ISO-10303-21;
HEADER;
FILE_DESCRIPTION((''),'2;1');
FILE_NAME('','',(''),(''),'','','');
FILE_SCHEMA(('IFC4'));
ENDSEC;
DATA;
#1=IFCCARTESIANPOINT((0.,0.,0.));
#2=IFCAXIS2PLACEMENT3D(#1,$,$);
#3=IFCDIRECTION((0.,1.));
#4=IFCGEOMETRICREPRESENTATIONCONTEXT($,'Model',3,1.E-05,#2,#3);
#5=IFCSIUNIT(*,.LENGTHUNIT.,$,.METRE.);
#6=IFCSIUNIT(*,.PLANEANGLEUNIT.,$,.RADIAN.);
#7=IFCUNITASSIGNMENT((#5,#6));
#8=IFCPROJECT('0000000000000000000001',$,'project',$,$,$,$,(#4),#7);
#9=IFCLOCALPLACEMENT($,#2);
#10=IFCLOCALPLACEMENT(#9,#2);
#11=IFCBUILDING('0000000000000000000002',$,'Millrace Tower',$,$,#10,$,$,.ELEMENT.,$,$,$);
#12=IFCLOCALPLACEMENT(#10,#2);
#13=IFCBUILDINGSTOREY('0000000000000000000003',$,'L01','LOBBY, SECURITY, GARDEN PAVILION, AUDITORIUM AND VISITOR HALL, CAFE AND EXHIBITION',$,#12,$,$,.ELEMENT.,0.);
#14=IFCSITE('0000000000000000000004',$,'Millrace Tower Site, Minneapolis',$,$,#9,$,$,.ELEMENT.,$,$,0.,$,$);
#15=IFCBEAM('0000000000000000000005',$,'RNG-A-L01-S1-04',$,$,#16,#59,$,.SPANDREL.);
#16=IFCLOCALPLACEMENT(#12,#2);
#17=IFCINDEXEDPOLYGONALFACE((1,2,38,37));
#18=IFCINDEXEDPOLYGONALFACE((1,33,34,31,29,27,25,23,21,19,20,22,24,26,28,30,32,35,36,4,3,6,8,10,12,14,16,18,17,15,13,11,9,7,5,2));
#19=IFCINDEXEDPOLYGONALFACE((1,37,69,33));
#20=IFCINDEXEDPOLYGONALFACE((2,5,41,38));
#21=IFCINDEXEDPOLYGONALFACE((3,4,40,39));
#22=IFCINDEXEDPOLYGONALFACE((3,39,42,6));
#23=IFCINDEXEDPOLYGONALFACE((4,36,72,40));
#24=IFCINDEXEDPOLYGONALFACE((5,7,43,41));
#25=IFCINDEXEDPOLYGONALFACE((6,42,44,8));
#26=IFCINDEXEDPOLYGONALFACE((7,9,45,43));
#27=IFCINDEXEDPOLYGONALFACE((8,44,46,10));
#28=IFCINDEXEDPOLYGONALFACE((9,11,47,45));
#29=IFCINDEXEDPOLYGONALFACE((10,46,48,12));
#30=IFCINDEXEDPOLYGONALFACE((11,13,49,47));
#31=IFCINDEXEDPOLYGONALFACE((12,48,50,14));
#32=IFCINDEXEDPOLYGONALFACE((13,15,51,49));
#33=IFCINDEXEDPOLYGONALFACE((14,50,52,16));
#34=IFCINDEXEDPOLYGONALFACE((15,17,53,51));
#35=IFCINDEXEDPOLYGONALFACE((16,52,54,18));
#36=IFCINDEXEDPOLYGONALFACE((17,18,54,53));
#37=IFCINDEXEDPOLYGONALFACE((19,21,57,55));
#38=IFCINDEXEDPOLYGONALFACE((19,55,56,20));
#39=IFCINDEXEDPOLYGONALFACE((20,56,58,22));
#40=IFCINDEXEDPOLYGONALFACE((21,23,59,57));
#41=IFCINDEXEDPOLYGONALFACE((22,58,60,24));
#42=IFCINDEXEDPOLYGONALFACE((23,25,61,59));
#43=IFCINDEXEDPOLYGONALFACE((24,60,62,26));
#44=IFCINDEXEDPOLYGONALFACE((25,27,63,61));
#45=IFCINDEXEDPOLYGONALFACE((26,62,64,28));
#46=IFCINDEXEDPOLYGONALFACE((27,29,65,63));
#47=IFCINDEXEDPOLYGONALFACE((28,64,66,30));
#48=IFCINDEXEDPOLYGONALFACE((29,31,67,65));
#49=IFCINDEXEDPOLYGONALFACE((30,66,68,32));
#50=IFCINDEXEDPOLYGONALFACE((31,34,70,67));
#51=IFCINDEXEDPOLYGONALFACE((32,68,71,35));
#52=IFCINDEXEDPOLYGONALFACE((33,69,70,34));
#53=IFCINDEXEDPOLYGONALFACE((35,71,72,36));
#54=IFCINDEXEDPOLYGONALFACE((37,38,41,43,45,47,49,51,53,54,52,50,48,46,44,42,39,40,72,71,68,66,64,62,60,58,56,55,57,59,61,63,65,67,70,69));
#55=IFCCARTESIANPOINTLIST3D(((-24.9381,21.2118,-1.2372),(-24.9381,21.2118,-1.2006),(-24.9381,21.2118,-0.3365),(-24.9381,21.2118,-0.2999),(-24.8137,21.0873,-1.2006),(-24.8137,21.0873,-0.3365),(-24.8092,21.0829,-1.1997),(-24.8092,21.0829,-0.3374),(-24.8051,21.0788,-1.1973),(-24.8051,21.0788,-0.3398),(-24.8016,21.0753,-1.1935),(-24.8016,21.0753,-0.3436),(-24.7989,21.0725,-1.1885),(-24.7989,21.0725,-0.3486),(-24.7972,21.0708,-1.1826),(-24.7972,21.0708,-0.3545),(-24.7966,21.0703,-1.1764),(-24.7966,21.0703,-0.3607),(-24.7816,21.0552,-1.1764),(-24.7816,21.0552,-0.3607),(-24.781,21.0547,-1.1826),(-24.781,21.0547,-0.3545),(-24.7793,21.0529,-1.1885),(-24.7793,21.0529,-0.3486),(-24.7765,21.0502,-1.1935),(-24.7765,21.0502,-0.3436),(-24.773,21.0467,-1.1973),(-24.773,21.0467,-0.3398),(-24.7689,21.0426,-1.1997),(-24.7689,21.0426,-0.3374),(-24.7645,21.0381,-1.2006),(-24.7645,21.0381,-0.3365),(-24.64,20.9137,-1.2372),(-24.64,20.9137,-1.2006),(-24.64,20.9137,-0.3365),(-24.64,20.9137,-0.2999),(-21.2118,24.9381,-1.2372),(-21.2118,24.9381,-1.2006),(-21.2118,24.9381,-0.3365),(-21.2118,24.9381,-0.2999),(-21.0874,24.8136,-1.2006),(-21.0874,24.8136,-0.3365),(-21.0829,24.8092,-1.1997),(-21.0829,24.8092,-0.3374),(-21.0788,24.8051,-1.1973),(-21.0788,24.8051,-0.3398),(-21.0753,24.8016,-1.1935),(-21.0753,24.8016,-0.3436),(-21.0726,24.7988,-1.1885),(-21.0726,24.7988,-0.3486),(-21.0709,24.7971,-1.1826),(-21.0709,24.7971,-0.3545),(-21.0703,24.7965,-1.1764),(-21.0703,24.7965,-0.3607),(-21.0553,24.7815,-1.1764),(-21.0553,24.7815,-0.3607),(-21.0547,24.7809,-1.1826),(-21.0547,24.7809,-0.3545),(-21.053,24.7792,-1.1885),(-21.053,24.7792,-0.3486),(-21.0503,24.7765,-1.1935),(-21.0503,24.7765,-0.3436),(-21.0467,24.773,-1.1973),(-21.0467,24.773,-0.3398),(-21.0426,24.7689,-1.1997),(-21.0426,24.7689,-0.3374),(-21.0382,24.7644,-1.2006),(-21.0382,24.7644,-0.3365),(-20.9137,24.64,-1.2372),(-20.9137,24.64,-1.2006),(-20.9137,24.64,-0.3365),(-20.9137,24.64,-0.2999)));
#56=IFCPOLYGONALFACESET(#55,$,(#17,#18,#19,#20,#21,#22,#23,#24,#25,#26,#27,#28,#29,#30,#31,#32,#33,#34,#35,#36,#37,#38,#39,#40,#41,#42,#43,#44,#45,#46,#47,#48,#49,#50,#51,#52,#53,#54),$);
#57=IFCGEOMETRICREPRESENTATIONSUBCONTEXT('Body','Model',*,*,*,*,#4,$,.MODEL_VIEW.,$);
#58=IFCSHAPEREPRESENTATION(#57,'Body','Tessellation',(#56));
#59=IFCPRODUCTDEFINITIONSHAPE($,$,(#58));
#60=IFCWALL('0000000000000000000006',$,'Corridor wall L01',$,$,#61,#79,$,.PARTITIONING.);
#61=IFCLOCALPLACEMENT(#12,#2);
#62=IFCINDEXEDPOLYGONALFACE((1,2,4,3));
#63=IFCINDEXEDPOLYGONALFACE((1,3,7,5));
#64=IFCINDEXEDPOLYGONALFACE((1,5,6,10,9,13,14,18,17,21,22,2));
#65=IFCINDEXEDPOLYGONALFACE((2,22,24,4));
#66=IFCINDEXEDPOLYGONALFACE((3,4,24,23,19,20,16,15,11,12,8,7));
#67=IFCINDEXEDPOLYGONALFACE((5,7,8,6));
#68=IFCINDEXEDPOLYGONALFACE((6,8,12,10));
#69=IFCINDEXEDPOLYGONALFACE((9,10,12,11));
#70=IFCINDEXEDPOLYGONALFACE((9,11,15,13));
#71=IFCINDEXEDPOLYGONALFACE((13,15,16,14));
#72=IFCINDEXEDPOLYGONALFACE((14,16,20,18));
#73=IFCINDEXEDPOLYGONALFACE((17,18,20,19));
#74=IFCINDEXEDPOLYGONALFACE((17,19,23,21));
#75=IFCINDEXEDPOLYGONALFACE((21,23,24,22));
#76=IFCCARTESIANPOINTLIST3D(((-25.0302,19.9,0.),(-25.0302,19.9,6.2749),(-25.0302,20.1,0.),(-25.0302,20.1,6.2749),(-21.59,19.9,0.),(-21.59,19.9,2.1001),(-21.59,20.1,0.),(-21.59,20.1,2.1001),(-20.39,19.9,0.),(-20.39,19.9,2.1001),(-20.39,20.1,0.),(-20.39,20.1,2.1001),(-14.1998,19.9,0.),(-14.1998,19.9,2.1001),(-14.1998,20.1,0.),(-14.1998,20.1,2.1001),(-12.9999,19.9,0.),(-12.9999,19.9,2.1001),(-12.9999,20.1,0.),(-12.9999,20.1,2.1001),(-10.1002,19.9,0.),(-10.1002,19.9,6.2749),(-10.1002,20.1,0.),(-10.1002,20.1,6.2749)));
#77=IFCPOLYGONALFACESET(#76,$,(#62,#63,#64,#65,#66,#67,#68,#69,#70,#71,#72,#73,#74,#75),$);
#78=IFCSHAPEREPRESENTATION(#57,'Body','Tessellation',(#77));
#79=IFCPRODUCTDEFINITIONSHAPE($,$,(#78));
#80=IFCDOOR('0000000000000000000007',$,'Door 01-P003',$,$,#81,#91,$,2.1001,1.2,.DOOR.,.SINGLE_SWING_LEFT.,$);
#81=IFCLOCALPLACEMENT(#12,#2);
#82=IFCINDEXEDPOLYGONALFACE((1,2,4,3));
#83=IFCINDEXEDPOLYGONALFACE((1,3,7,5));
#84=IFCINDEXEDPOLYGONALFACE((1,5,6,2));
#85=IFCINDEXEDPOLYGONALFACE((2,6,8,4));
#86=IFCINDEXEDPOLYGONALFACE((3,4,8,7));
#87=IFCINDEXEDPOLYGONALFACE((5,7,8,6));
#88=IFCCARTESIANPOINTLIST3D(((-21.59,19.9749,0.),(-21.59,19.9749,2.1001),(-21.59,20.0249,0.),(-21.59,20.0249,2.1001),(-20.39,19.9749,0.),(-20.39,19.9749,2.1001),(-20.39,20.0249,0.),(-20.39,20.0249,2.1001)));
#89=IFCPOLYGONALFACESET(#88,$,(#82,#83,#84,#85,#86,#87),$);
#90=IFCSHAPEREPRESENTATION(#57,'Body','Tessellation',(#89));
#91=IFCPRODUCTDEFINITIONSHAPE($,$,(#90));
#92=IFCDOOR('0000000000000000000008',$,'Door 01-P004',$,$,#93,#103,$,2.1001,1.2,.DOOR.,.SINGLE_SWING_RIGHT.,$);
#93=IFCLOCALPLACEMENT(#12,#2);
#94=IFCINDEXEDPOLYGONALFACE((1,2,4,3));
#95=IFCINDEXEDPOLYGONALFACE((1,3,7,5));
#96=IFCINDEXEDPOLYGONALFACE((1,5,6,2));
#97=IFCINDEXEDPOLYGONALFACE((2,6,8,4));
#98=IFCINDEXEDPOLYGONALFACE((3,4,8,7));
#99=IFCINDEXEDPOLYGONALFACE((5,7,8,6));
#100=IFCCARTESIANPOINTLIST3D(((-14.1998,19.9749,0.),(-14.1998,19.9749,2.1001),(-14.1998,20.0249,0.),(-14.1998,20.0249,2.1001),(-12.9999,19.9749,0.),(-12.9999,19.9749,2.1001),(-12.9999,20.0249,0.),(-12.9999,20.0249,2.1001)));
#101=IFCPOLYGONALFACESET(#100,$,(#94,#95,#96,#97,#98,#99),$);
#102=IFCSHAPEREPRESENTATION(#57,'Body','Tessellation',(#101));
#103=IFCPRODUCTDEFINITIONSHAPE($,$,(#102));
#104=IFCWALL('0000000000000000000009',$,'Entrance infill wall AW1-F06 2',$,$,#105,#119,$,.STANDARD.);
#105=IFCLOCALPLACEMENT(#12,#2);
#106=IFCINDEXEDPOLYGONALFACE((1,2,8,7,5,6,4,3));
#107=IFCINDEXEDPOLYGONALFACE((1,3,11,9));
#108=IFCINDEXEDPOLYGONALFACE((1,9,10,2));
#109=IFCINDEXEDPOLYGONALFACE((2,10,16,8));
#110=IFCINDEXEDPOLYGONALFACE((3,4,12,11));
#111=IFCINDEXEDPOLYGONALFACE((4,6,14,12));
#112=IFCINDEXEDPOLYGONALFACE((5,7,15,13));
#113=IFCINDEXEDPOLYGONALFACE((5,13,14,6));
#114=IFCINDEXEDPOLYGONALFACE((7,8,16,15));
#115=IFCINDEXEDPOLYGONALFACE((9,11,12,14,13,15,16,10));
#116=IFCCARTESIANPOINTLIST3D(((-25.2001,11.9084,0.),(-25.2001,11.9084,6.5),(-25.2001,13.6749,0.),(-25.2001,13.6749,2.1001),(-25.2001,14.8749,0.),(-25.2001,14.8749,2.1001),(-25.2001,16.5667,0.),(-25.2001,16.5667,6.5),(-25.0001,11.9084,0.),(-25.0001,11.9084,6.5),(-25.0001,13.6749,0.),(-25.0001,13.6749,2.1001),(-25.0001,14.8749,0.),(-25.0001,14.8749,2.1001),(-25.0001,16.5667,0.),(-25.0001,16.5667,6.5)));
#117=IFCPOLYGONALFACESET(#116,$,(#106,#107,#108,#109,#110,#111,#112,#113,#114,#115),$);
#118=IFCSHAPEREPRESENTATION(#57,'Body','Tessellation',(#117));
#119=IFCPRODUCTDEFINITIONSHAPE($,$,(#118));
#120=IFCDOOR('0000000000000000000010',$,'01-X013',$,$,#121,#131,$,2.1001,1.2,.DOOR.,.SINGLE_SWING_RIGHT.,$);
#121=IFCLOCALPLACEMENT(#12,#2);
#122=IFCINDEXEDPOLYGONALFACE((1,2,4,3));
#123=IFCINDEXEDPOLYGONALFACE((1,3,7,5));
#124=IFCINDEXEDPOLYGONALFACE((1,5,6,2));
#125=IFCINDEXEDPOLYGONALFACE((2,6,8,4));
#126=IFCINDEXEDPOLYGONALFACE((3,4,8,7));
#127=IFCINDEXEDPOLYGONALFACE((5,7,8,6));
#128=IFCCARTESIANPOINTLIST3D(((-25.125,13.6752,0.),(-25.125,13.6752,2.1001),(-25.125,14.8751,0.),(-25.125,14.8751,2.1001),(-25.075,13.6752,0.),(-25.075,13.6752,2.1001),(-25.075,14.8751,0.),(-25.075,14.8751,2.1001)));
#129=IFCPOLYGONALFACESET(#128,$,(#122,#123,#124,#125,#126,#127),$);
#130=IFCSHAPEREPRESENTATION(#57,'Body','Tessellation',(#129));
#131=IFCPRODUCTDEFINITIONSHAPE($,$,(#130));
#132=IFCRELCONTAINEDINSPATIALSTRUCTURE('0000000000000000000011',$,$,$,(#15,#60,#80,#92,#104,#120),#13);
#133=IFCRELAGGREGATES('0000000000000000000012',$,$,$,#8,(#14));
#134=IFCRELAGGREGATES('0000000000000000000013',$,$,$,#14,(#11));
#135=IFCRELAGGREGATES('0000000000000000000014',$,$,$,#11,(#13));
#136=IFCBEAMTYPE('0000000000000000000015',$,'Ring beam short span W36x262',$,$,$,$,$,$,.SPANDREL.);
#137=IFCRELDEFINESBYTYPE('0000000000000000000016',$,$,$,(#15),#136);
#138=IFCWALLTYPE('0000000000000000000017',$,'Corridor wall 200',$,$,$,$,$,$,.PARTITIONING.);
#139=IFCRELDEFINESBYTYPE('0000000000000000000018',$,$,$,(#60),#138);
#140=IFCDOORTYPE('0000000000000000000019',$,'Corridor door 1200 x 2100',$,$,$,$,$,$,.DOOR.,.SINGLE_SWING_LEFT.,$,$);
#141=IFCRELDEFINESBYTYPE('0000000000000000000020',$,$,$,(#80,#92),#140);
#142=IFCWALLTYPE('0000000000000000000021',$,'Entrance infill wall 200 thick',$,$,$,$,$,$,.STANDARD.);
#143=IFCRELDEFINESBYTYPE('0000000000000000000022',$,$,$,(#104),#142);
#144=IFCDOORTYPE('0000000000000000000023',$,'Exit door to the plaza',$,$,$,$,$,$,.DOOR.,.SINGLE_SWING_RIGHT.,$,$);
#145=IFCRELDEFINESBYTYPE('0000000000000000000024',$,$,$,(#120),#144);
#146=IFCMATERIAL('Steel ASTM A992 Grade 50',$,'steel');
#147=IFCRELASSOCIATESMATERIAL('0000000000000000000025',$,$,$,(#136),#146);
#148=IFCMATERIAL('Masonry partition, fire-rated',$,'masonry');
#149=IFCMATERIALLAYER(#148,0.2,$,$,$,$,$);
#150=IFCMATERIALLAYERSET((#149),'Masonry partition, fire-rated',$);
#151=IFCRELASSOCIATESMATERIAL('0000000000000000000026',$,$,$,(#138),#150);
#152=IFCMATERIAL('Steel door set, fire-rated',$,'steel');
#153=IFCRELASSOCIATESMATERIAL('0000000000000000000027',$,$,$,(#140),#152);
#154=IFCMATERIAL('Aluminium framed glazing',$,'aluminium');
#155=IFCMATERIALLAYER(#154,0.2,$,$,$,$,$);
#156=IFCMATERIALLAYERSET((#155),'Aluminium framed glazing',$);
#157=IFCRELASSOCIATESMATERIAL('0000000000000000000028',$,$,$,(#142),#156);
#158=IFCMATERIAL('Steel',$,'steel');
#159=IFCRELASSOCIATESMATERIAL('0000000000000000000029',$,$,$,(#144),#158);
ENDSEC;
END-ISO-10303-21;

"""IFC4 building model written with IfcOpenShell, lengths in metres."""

from ifc_helpers import new_model, si_unit, direction, frame, frame_2d, origin, origin_2d, place, context, subcontext, project, spatial, rectangle, i_section, extrude, material, layer, layer_set, material_profile, profile_set, type_object, element, fill, save


model = new_model("IFC4")

# Units and contexts
model_context = context("Model", 3, precision=1e-05, world=origin(), true_north=direction((0.0, 1.0)))
body_context = subcontext(model_context, "Body", "Model", "MODEL_VIEW")
ifc_project = project(units=[si_unit("LENGTHUNIT", "METRE"), si_unit("PLANEANGLEUNIT", "RADIAN")], contexts=[model_context])

# Site, building, storey
site_placement = place(None, origin())
site = spatial("IfcSite", under=ifc_project, at=site_placement, Name="Millrace Tower Site, Minneapolis", CompositionType="ELEMENT", RefElevation=0.0)
building_placement = place(site_placement, origin())
building = spatial("IfcBuilding", under=site, at=building_placement, Name="Millrace Tower", CompositionType="ELEMENT")
storey_placement = place(building_placement, origin())
storey = spatial("IfcBuildingStorey", under=building, at=storey_placement, Name="L01", Description="LOBBY, SECURITY, GARDEN PAVILION, AUDITORIUM AND VISITOR HALL, CAFE AND EXHIBITION", CompositionType="ELEMENT", Elevation=0.0)

# Beam
ifc_material_1 = material(Name="Steel ASTM A992 Grade 50", Category="steel")
ifc_material_profile_1 = material_profile(ifc_material_1, i_section(OverallWidth=0.4216, OverallDepth=0.9373, WebThickness=0.0212, FlangeThickness=0.0366, FilletRadius=0.0242, at=origin_2d()))
ifc_profile_set_1 = profile_set([ifc_material_profile_1], Name="Steel ASTM A992 Grade 50")
beam_type_1 = type_object("IfcBeamType", Name="Ring beam short span W36x262", PredefinedType="SPANDREL", material=ifc_profile_set_1)
beam_1_placement = place(storey_placement, frame((-24.7891, 21.0627, -0.7686), z_axis=(0.707107, 0.707107, 0.0), x_axis=(-0.707107, 0.707107, 0.0)))
element("IfcBeam", 1, at=beam_1_placement, inside=storey, type_object=beam_type_1, Name="RNG-A-L01-S1-04", PredefinedType="SPANDREL", context=body_context, shape_type="SweptSolid", body=[
    extrude(i_section(OverallWidth=0.4216, OverallDepth=0.9373, WebThickness=0.0212, FlangeThickness=0.0366, FilletRadius=0.0242, at=origin_2d()), origin(), (0.0, 0.0, 1.0), 5.2698),
])

# Wall, openings, doors
ifc_material_2 = material(Name="Masonry partition, fire-rated", Category="masonry")
ifc_layer_1 = layer(ifc_material_2, 0.2)
ifc_layer_set_1 = layer_set([ifc_layer_1], Name="Masonry partition, fire-rated")
wall_type_1 = type_object("IfcWallType", Name="Corridor wall 200", PredefinedType="PARTITIONING", material=ifc_layer_set_1)
wall_1_placement = place(storey_placement, frame((-25.03, 20.0, 0.0), z_axis=(0.0, 0.0, 1.0), x_axis=(1.0, 0.0, 0.0)))
wall_1 = element("IfcWall", 2, at=wall_1_placement, inside=storey, type_object=wall_type_1, Name="Corridor wall L01", PredefinedType="PARTITIONING", context=body_context, shape_type="SweptSolid", body=[
    extrude(rectangle(XDim=14.9299, YDim=0.2, at=frame_2d((7.4648, 0.0))), origin(), (0.0, 0.0, 1.0), 6.2749),
])
opening_1_placement = place(wall_1_placement, frame((3.4399, 0.0, 0.0)))
opening_1 = element("IfcOpeningElement", 3, at=opening_1_placement, cuts=wall_1, PredefinedType="OPENING", context=body_context, shape_type="SweptSolid", body=[
    extrude(rectangle(XDim=1.2, YDim=2.1001, at=frame_2d((0.6001, 1.05))), frame((0.0, 0.1099, 0.0), z_axis=(0.0, -1.0, 0.0), x_axis=(1.0, 0.0, 0.0)), (0.0, 0.0, 1.0), 0.22),
])
opening_2_placement = place(wall_1_placement, frame((10.8301, 0.0, 0.0)))
opening_2 = element("IfcOpeningElement", 4, at=opening_2_placement, cuts=wall_1, PredefinedType="OPENING", context=body_context, shape_type="SweptSolid", body=[
    extrude(rectangle(XDim=1.2, YDim=2.1001, at=frame_2d((0.6001, 1.05))), frame((0.0, 0.1099, 0.0), z_axis=(0.0, -1.0, 0.0), x_axis=(1.0, 0.0, 0.0)), (0.0, 0.0, 1.0), 0.22),
])
ifc_material_3 = material(Name="Steel door set, fire-rated", Category="steel")
door_type_1 = type_object("IfcDoorType", Name="Corridor door 1200 x 2100", OperationType="SINGLE_SWING_LEFT", PredefinedType="DOOR", material=ifc_material_3)
door_1_placement = place(opening_1_placement, origin())
door_1 = element("IfcDoor", 5, at=door_1_placement, inside=storey, type_object=door_type_1, Name="Door 01-P003", OperationType="SINGLE_SWING_LEFT", OverallHeight=2.1001, OverallWidth=1.2, PredefinedType="DOOR", context=body_context, shape_type="SweptSolid", body=[
    extrude(rectangle(XDim=1.2, YDim=2.1001, at=frame_2d((0.6001, 1.05))), frame((0.0, 0.0249, 0.0), z_axis=(0.0, -1.0, 0.0), x_axis=(1.0, 0.0, 0.0)), (0.0, 0.0, 1.0), 0.05),
])
fill(opening_1, door_1)
door_2_placement = place(opening_2_placement, origin())
door_2 = element("IfcDoor", 6, at=door_2_placement, inside=storey, type_object=door_type_1, Name="Door 01-P004", OperationType="SINGLE_SWING_RIGHT", OverallHeight=2.1001, OverallWidth=1.2, PredefinedType="DOOR", context=body_context, shape_type="SweptSolid", body=[
    extrude(rectangle(XDim=1.2, YDim=2.1001, at=frame_2d((0.6001, 1.05))), frame((0.0, 0.0249, 0.0), z_axis=(0.0, -1.0, 0.0), x_axis=(1.0, 0.0, 0.0)), (0.0, 0.0, 1.0), 0.05),
])
fill(opening_2, door_2)

# Wall, opening, door
ifc_material_4 = material(Name="Aluminium framed glazing", Category="aluminium")
ifc_layer_2 = layer(ifc_material_4, 0.2)
ifc_layer_set_2 = layer_set([ifc_layer_2], Name="Aluminium framed glazing")
wall_type_2 = type_object("IfcWallType", Name="Entrance infill wall 200 thick", PredefinedType="STANDARD", material=ifc_layer_set_2)
wall_2_placement = place(storey_placement, frame((-25.1001, 16.5667, 0.0), z_axis=(0.0, 0.0, 1.0), x_axis=(0.0, -1.0, 0.0)))
wall_2 = element("IfcWall", 7, at=wall_2_placement, inside=storey, type_object=wall_type_2, Name="Entrance infill wall AW1-F06 2", PredefinedType="STANDARD", context=body_context, shape_type="SweptSolid", body=[
    extrude(rectangle(XDim=4.6582, YDim=0.2, at=frame_2d((2.3291, 0.0))), origin(), (0.0, 0.0, 1.0), 6.5),
])
opening_3_placement = place(wall_2_placement, frame((1.6917, 0.0, 0.0)))
opening_3 = element("IfcOpeningElement", 8, at=opening_3_placement, cuts=wall_2, PredefinedType="OPENING", context=body_context, shape_type="SweptSolid", body=[
    extrude(rectangle(XDim=1.2, YDim=2.1001, at=frame_2d((0.6001, 1.05))), frame((0.0, 0.1099, 0.0), z_axis=(0.0, -1.0, 0.0), x_axis=(1.0, 0.0, 0.0)), (0.0, 0.0, 1.0), 0.22),
])
ifc_material_5 = material(Name="Steel", Category="steel")
door_type_2 = type_object("IfcDoorType", Name="Exit door to the plaza", OperationType="SINGLE_SWING_RIGHT", PredefinedType="DOOR", material=ifc_material_5)
door_3_placement = place(opening_3_placement, frame((1.2, 0.0, 0.0), z_axis=(0.0, 0.0, 1.0), x_axis=(-1.0, 0.0, 0.0)))
door_3 = element("IfcDoor", 9, at=door_3_placement, inside=storey, type_object=door_type_2, Name="01-X013", OperationType="SINGLE_SWING_RIGHT", OverallHeight=2.1001, OverallWidth=1.2, PredefinedType="DOOR", context=body_context, shape_type="SweptSolid", body=[
    extrude(rectangle(XDim=1.2, YDim=2.1001, at=frame_2d((0.6001, 1.05))), frame((0.0, 0.0249, 0.0), z_axis=(0.0, -1.0, 0.0), x_axis=(1.0, 0.0, 0.0)), (0.0, 0.0, 1.0), 0.05),
])
fill(opening_3, door_3)

save(model, "model.ifc")
